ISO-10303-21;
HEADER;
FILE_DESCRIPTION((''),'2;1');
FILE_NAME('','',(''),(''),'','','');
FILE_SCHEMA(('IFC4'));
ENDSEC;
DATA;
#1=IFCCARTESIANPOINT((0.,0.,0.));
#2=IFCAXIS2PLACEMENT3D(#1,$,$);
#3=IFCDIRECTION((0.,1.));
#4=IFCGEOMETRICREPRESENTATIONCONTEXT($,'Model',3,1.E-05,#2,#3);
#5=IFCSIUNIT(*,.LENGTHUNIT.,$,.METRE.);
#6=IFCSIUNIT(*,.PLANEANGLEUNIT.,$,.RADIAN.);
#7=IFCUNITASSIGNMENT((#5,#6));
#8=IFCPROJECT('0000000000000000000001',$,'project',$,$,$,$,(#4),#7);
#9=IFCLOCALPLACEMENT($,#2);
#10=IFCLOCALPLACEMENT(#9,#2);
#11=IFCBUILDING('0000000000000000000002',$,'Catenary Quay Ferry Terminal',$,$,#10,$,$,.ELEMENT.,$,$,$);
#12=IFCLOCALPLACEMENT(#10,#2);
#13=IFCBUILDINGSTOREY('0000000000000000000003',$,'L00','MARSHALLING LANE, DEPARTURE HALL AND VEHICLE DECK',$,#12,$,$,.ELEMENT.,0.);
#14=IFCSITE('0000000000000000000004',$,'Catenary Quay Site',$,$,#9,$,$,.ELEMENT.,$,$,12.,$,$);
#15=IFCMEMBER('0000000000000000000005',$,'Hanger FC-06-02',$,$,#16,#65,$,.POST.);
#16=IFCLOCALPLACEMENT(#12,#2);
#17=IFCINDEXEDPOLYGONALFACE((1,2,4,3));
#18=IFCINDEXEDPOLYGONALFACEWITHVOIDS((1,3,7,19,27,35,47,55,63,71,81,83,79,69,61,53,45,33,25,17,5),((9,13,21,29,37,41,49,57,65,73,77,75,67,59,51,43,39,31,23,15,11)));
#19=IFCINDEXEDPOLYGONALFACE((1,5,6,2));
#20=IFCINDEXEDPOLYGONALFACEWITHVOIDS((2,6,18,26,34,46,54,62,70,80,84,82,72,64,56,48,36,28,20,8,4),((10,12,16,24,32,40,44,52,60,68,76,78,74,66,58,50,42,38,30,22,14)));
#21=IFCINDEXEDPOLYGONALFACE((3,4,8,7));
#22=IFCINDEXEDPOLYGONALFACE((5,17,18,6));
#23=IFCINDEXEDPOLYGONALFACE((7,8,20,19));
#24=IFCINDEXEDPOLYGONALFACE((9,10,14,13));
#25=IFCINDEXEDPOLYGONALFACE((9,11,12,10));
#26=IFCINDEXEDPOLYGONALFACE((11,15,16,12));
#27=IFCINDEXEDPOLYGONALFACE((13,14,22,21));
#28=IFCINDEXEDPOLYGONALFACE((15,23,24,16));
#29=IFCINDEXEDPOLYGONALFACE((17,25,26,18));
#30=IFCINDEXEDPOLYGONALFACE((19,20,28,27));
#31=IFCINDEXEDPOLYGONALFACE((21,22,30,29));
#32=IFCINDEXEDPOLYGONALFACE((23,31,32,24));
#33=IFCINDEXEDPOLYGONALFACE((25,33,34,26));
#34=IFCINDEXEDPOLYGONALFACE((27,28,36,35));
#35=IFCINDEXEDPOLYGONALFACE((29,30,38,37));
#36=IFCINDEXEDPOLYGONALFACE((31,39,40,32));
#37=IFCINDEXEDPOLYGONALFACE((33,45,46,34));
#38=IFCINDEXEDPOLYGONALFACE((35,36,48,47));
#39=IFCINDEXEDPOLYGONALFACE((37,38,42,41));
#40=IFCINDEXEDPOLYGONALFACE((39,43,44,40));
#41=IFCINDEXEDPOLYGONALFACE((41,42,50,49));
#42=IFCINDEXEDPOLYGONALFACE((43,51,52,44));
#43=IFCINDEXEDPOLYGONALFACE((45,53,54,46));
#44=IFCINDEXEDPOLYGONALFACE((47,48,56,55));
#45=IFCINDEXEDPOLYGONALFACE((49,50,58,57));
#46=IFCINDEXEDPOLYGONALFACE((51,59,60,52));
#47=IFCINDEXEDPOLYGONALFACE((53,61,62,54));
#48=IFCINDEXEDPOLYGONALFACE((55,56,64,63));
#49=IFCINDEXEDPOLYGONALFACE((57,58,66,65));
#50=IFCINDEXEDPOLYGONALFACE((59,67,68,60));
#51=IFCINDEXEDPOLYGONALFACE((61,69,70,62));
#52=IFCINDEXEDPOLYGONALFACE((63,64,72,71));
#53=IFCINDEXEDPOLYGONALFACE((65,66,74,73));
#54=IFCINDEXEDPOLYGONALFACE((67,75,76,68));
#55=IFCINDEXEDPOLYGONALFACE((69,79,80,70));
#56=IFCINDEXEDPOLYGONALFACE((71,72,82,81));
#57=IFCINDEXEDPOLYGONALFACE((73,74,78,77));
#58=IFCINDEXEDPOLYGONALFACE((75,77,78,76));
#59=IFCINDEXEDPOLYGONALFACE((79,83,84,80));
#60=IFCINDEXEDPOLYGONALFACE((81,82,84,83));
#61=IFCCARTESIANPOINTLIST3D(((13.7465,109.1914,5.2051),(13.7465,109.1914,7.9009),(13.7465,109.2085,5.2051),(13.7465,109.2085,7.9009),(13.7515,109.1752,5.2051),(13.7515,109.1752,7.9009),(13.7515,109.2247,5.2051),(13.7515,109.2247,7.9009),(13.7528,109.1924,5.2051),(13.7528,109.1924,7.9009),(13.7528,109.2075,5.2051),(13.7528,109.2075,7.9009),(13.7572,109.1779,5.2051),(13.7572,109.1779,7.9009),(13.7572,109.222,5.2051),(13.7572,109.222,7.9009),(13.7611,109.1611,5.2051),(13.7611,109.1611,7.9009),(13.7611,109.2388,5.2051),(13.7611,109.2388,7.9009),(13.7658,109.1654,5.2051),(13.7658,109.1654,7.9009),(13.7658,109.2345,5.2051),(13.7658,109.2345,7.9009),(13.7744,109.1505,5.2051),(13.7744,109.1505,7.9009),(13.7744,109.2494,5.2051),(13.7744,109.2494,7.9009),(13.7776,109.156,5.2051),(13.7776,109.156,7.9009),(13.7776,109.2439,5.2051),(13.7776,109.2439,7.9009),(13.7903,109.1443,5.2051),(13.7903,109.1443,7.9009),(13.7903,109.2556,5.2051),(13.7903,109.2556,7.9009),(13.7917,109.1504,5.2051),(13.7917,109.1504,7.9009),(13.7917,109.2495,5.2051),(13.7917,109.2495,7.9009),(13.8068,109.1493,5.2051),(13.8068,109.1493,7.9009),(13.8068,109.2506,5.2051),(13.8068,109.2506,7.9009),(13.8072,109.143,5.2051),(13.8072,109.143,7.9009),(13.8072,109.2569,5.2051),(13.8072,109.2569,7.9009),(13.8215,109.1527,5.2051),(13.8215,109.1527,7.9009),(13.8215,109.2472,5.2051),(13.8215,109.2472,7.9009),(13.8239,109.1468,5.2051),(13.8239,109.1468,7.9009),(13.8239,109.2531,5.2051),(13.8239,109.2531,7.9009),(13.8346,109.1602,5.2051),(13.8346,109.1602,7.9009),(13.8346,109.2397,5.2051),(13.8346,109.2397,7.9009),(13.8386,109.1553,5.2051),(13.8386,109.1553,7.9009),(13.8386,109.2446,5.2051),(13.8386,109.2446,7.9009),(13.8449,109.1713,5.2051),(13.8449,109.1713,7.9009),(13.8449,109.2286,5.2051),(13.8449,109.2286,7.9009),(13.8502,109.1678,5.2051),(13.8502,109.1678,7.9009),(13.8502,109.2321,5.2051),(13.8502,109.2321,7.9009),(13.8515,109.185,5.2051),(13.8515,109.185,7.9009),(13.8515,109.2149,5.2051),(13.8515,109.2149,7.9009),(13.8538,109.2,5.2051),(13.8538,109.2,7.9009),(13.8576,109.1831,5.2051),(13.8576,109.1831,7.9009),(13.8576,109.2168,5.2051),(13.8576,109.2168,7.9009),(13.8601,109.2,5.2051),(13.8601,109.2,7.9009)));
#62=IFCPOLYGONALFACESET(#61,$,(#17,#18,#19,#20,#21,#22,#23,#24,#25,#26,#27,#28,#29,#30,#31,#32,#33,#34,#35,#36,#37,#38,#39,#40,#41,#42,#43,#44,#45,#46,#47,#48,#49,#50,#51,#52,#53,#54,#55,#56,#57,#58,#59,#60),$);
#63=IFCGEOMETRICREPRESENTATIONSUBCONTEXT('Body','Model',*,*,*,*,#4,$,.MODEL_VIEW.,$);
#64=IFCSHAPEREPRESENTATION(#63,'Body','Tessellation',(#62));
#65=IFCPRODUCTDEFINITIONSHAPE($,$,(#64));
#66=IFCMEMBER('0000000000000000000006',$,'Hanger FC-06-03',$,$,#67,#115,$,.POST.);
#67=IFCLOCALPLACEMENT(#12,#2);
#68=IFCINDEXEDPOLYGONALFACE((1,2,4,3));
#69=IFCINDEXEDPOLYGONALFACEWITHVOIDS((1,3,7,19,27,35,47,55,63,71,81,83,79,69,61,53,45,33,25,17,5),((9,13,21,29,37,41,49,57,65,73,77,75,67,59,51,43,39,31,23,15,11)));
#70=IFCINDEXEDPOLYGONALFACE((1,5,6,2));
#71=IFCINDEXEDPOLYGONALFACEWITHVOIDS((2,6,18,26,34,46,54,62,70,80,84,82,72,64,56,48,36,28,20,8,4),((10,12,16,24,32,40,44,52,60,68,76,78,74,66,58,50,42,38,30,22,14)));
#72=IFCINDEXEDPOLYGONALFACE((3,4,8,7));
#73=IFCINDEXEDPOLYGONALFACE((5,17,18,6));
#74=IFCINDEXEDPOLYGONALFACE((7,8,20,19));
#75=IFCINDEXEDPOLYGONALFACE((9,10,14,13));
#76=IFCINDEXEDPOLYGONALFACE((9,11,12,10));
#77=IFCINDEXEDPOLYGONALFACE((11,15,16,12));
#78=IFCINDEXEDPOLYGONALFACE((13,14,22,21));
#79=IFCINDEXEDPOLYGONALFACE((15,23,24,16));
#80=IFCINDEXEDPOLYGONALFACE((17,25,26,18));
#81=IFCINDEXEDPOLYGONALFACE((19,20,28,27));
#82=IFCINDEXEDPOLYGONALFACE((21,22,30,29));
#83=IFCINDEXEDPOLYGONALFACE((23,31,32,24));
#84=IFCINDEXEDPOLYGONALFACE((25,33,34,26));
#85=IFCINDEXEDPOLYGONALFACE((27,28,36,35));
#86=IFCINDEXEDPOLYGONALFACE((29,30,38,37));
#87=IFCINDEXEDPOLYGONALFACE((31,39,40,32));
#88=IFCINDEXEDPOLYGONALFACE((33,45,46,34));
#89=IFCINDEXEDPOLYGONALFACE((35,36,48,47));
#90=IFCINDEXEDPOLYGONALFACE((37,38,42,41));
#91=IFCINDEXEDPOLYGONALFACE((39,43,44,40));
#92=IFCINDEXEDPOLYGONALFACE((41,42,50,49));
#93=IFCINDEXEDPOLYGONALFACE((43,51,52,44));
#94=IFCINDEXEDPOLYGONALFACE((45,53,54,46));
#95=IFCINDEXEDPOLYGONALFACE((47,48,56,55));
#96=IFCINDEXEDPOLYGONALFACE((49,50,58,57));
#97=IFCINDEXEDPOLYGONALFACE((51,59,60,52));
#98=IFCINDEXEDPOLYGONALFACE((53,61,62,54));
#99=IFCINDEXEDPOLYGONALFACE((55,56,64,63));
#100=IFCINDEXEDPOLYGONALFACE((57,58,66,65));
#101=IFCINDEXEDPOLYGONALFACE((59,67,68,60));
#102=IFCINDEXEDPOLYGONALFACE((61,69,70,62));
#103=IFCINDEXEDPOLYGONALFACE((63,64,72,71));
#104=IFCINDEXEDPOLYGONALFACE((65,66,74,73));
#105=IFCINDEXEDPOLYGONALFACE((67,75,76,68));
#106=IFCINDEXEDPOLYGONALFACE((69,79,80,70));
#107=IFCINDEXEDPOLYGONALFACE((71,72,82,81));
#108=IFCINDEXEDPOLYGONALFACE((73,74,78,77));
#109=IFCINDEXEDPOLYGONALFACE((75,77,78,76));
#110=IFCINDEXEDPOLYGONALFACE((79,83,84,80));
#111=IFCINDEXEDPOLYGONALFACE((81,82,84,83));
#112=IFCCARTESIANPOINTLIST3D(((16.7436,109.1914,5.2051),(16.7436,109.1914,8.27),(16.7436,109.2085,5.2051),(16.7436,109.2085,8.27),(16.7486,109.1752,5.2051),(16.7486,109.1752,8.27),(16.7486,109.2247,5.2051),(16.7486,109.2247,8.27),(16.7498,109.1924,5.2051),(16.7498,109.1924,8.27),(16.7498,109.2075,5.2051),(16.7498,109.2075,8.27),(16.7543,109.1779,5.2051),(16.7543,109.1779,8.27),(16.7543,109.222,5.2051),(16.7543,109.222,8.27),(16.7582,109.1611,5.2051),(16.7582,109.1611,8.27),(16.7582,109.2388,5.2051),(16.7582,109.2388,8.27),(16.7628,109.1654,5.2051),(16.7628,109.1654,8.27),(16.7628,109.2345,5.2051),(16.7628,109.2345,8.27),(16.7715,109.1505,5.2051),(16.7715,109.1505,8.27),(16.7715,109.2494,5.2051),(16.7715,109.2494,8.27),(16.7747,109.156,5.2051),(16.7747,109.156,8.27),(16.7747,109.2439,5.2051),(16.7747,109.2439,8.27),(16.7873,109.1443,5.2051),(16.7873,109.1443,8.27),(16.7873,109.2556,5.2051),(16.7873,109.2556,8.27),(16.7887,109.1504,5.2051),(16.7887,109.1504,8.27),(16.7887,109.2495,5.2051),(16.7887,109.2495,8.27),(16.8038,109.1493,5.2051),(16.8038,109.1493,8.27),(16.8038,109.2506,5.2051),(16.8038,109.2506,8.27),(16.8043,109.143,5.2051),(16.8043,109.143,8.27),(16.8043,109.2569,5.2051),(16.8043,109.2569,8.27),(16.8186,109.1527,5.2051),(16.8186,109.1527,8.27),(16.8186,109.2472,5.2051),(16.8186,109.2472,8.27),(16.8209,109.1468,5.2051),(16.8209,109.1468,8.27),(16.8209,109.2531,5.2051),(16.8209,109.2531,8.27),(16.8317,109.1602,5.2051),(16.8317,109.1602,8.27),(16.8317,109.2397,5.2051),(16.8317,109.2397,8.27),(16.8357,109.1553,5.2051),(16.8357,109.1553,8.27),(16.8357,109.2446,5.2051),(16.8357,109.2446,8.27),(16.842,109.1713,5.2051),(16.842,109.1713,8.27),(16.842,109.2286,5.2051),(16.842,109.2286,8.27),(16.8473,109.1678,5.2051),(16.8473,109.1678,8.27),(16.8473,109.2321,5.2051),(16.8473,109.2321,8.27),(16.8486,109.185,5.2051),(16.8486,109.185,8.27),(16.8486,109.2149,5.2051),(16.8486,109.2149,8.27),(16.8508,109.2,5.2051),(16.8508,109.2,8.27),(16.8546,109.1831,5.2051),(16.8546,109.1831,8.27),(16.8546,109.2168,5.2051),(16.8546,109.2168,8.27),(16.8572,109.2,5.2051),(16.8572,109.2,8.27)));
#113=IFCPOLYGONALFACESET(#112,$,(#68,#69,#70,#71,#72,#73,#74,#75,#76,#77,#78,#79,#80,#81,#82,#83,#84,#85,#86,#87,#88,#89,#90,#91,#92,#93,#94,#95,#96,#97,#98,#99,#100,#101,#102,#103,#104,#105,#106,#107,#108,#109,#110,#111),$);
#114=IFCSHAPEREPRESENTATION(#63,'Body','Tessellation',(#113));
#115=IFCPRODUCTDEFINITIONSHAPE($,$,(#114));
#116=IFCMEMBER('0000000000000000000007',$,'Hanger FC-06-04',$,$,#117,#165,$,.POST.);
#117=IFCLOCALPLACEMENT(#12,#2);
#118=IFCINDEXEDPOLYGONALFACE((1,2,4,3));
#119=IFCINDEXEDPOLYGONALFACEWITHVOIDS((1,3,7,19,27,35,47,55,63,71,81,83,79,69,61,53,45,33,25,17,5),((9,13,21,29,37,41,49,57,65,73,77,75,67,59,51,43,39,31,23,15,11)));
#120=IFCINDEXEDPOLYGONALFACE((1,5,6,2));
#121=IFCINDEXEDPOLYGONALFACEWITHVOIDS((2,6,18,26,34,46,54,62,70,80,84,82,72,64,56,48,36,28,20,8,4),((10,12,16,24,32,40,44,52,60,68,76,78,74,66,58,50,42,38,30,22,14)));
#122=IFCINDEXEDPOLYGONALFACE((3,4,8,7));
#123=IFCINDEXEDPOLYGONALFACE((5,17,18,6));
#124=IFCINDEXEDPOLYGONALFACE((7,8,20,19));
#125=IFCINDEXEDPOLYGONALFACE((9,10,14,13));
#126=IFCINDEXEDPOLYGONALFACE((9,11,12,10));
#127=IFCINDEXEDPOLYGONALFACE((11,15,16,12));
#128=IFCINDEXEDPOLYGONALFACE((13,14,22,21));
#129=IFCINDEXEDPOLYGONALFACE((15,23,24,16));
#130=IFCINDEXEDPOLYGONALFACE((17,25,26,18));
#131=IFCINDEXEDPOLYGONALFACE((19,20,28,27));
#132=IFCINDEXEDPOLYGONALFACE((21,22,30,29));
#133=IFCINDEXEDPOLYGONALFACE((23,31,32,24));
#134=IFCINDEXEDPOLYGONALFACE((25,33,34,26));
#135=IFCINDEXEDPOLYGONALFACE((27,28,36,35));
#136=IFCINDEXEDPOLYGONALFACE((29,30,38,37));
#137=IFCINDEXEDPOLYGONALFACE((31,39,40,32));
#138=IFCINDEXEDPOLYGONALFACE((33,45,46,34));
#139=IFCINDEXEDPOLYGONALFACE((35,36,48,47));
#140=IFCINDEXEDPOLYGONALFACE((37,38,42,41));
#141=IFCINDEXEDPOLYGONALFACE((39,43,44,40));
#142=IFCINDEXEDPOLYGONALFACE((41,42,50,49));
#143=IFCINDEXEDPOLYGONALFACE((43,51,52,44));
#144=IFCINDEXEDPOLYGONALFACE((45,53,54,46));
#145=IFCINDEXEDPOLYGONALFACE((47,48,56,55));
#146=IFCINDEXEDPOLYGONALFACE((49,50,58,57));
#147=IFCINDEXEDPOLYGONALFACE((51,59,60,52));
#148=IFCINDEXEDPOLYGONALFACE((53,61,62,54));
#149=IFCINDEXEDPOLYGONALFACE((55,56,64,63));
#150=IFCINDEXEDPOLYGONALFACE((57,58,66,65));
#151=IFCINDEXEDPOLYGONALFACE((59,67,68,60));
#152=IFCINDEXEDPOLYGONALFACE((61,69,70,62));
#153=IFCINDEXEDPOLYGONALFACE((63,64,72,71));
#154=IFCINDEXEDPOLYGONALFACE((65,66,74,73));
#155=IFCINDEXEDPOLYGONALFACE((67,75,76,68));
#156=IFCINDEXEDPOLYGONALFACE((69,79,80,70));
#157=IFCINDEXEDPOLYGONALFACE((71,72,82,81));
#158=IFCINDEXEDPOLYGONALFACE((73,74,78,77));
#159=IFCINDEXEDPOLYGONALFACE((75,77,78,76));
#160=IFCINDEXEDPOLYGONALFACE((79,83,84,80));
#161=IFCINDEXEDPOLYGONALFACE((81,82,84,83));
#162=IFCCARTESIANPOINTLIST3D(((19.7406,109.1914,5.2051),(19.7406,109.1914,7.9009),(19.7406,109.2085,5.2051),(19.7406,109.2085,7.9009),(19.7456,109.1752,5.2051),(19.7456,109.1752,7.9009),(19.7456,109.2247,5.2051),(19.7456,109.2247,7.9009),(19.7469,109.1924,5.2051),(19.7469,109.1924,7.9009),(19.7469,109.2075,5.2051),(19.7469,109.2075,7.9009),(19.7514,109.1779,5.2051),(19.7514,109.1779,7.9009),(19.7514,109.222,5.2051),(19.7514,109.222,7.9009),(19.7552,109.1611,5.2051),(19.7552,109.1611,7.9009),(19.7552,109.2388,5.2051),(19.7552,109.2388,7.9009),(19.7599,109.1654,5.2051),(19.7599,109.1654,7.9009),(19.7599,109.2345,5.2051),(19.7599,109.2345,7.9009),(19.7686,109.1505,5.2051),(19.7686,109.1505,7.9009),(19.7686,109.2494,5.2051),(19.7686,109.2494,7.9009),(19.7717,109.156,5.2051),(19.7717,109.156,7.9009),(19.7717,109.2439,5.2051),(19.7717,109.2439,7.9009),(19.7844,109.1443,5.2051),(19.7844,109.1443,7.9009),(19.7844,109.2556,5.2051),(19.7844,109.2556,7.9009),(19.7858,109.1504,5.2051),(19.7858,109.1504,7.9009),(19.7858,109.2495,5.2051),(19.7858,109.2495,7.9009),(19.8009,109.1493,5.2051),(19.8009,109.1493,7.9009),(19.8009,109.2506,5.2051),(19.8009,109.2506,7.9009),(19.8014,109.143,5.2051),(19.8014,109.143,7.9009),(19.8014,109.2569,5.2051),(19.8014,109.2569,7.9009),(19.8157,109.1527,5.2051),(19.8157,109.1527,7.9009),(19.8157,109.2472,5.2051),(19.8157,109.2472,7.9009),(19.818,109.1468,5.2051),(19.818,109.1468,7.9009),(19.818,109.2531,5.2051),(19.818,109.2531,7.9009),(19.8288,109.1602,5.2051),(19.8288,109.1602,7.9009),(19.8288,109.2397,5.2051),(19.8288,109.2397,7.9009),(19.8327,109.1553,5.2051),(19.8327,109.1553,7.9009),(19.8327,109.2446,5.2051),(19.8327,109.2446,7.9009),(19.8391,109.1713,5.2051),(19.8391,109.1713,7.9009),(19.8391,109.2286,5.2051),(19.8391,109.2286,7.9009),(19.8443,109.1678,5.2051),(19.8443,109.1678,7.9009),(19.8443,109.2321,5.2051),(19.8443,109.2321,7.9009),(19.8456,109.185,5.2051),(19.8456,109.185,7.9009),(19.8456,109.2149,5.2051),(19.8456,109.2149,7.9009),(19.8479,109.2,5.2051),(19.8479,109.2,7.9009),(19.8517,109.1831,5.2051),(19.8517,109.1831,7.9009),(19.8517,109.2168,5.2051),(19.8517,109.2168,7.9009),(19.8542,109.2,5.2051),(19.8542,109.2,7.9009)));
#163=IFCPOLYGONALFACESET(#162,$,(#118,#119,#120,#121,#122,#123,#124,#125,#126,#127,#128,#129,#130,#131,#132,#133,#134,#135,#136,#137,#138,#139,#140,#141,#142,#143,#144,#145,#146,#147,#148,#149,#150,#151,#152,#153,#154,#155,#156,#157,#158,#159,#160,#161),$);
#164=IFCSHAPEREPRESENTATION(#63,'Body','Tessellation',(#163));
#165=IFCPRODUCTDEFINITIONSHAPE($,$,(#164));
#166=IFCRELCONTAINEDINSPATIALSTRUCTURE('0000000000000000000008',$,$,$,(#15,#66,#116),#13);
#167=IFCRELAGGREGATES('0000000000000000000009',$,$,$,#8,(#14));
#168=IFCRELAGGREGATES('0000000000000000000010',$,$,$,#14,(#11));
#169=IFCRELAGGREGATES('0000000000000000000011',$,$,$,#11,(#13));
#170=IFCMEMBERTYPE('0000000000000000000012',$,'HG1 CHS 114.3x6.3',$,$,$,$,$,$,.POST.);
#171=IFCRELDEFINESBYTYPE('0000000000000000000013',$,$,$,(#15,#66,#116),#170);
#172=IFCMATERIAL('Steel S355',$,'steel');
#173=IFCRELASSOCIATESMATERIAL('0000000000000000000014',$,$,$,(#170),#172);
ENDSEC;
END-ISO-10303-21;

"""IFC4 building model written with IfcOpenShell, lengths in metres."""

from ifc_helpers import new_model, si_unit, direction, frame, origin, origin_2d, place, context, subcontext, project, spatial, hollow_circle, extrude, material, material_profile, profile_set, type_object, element, save


model = new_model("IFC4")

# Units and contexts
model_context = context("Model", 3, precision=1e-05, world=origin(), true_north=direction((0.0, 1.0)))
body_context = subcontext(model_context, "Body", "Model", "MODEL_VIEW")
ifc_project = project(units=[si_unit("LENGTHUNIT", "METRE"), si_unit("PLANEANGLEUNIT", "RADIAN")], contexts=[model_context])

# Site, building, storey
site_placement = place(None, origin())
site = spatial("IfcSite", under=ifc_project, at=site_placement, Name="Catenary Quay Site", CompositionType="ELEMENT", RefElevation=12.0)
building_placement = place(site_placement, origin())
building = spatial("IfcBuilding", under=site, at=building_placement, Name="Catenary Quay Ferry Terminal", CompositionType="ELEMENT")
storey_placement = place(building_placement, origin())
storey = spatial("IfcBuildingStorey", under=building, at=storey_placement, Name="L00", Description="MARSHALLING LANE, DEPARTURE HALL AND VEHICLE DECK", CompositionType="ELEMENT", Elevation=0.0)

# Members
ifc_material_1 = material(Name="Steel S355", Category="steel")
ifc_material_profile_1 = material_profile(ifc_material_1, hollow_circle(Radius=0.0571, WallThickness=0.0063, at=origin_2d()), Name="CHS 114.3x6.3")
ifc_profile_set_1 = profile_set([ifc_material_profile_1], Name="Steel S355")
member_type_1 = type_object("IfcMemberType", Name="HG1 CHS 114.3x6.3", PredefinedType="POST", material=ifc_profile_set_1)
member_1_placement = place(storey_placement, frame((13.803, 109.2, 5.2051), z_axis=(0.0, 0.0, 1.0), x_axis=(1.0, 0.0, 0.0)))
element("IfcMember", 1, at=member_1_placement, inside=storey, type_object=member_type_1, Name="Hanger FC-06-02", PredefinedType="POST", context=body_context, shape_type="SweptSolid", body=[
    extrude(hollow_circle(Radius=0.0571, WallThickness=0.0063, at=origin_2d()), origin(), (0.0, 0.0, 1.0), 2.6958),
])
member_2_placement = place(storey_placement, frame((16.8, 109.2, 5.2051), z_axis=(0.0, 0.0, 1.0), x_axis=(1.0, 0.0, 0.0)))
element("IfcMember", 2, at=member_2_placement, inside=storey, type_object=member_type_1, Name="Hanger FC-06-03", PredefinedType="POST", context=body_context, shape_type="SweptSolid", body=[
    extrude(hollow_circle(Radius=0.0571, WallThickness=0.0063, at=origin_2d()), origin(), (0.0, 0.0, 1.0), 3.0649),
])
member_3_placement = place(storey_placement, frame((19.7971, 109.2, 5.2051), z_axis=(0.0, 0.0, 1.0), x_axis=(1.0, 0.0, 0.0)))
element("IfcMember", 3, at=member_3_placement, inside=storey, type_object=member_type_1, Name="Hanger FC-06-04", PredefinedType="POST", context=body_context, shape_type="SweptSolid", body=[
    extrude(hollow_circle(Radius=0.0571, WallThickness=0.0063, at=origin_2d()), origin(), (0.0, 0.0, 1.0), 2.6958),
])

save(model, "model.ifc")
